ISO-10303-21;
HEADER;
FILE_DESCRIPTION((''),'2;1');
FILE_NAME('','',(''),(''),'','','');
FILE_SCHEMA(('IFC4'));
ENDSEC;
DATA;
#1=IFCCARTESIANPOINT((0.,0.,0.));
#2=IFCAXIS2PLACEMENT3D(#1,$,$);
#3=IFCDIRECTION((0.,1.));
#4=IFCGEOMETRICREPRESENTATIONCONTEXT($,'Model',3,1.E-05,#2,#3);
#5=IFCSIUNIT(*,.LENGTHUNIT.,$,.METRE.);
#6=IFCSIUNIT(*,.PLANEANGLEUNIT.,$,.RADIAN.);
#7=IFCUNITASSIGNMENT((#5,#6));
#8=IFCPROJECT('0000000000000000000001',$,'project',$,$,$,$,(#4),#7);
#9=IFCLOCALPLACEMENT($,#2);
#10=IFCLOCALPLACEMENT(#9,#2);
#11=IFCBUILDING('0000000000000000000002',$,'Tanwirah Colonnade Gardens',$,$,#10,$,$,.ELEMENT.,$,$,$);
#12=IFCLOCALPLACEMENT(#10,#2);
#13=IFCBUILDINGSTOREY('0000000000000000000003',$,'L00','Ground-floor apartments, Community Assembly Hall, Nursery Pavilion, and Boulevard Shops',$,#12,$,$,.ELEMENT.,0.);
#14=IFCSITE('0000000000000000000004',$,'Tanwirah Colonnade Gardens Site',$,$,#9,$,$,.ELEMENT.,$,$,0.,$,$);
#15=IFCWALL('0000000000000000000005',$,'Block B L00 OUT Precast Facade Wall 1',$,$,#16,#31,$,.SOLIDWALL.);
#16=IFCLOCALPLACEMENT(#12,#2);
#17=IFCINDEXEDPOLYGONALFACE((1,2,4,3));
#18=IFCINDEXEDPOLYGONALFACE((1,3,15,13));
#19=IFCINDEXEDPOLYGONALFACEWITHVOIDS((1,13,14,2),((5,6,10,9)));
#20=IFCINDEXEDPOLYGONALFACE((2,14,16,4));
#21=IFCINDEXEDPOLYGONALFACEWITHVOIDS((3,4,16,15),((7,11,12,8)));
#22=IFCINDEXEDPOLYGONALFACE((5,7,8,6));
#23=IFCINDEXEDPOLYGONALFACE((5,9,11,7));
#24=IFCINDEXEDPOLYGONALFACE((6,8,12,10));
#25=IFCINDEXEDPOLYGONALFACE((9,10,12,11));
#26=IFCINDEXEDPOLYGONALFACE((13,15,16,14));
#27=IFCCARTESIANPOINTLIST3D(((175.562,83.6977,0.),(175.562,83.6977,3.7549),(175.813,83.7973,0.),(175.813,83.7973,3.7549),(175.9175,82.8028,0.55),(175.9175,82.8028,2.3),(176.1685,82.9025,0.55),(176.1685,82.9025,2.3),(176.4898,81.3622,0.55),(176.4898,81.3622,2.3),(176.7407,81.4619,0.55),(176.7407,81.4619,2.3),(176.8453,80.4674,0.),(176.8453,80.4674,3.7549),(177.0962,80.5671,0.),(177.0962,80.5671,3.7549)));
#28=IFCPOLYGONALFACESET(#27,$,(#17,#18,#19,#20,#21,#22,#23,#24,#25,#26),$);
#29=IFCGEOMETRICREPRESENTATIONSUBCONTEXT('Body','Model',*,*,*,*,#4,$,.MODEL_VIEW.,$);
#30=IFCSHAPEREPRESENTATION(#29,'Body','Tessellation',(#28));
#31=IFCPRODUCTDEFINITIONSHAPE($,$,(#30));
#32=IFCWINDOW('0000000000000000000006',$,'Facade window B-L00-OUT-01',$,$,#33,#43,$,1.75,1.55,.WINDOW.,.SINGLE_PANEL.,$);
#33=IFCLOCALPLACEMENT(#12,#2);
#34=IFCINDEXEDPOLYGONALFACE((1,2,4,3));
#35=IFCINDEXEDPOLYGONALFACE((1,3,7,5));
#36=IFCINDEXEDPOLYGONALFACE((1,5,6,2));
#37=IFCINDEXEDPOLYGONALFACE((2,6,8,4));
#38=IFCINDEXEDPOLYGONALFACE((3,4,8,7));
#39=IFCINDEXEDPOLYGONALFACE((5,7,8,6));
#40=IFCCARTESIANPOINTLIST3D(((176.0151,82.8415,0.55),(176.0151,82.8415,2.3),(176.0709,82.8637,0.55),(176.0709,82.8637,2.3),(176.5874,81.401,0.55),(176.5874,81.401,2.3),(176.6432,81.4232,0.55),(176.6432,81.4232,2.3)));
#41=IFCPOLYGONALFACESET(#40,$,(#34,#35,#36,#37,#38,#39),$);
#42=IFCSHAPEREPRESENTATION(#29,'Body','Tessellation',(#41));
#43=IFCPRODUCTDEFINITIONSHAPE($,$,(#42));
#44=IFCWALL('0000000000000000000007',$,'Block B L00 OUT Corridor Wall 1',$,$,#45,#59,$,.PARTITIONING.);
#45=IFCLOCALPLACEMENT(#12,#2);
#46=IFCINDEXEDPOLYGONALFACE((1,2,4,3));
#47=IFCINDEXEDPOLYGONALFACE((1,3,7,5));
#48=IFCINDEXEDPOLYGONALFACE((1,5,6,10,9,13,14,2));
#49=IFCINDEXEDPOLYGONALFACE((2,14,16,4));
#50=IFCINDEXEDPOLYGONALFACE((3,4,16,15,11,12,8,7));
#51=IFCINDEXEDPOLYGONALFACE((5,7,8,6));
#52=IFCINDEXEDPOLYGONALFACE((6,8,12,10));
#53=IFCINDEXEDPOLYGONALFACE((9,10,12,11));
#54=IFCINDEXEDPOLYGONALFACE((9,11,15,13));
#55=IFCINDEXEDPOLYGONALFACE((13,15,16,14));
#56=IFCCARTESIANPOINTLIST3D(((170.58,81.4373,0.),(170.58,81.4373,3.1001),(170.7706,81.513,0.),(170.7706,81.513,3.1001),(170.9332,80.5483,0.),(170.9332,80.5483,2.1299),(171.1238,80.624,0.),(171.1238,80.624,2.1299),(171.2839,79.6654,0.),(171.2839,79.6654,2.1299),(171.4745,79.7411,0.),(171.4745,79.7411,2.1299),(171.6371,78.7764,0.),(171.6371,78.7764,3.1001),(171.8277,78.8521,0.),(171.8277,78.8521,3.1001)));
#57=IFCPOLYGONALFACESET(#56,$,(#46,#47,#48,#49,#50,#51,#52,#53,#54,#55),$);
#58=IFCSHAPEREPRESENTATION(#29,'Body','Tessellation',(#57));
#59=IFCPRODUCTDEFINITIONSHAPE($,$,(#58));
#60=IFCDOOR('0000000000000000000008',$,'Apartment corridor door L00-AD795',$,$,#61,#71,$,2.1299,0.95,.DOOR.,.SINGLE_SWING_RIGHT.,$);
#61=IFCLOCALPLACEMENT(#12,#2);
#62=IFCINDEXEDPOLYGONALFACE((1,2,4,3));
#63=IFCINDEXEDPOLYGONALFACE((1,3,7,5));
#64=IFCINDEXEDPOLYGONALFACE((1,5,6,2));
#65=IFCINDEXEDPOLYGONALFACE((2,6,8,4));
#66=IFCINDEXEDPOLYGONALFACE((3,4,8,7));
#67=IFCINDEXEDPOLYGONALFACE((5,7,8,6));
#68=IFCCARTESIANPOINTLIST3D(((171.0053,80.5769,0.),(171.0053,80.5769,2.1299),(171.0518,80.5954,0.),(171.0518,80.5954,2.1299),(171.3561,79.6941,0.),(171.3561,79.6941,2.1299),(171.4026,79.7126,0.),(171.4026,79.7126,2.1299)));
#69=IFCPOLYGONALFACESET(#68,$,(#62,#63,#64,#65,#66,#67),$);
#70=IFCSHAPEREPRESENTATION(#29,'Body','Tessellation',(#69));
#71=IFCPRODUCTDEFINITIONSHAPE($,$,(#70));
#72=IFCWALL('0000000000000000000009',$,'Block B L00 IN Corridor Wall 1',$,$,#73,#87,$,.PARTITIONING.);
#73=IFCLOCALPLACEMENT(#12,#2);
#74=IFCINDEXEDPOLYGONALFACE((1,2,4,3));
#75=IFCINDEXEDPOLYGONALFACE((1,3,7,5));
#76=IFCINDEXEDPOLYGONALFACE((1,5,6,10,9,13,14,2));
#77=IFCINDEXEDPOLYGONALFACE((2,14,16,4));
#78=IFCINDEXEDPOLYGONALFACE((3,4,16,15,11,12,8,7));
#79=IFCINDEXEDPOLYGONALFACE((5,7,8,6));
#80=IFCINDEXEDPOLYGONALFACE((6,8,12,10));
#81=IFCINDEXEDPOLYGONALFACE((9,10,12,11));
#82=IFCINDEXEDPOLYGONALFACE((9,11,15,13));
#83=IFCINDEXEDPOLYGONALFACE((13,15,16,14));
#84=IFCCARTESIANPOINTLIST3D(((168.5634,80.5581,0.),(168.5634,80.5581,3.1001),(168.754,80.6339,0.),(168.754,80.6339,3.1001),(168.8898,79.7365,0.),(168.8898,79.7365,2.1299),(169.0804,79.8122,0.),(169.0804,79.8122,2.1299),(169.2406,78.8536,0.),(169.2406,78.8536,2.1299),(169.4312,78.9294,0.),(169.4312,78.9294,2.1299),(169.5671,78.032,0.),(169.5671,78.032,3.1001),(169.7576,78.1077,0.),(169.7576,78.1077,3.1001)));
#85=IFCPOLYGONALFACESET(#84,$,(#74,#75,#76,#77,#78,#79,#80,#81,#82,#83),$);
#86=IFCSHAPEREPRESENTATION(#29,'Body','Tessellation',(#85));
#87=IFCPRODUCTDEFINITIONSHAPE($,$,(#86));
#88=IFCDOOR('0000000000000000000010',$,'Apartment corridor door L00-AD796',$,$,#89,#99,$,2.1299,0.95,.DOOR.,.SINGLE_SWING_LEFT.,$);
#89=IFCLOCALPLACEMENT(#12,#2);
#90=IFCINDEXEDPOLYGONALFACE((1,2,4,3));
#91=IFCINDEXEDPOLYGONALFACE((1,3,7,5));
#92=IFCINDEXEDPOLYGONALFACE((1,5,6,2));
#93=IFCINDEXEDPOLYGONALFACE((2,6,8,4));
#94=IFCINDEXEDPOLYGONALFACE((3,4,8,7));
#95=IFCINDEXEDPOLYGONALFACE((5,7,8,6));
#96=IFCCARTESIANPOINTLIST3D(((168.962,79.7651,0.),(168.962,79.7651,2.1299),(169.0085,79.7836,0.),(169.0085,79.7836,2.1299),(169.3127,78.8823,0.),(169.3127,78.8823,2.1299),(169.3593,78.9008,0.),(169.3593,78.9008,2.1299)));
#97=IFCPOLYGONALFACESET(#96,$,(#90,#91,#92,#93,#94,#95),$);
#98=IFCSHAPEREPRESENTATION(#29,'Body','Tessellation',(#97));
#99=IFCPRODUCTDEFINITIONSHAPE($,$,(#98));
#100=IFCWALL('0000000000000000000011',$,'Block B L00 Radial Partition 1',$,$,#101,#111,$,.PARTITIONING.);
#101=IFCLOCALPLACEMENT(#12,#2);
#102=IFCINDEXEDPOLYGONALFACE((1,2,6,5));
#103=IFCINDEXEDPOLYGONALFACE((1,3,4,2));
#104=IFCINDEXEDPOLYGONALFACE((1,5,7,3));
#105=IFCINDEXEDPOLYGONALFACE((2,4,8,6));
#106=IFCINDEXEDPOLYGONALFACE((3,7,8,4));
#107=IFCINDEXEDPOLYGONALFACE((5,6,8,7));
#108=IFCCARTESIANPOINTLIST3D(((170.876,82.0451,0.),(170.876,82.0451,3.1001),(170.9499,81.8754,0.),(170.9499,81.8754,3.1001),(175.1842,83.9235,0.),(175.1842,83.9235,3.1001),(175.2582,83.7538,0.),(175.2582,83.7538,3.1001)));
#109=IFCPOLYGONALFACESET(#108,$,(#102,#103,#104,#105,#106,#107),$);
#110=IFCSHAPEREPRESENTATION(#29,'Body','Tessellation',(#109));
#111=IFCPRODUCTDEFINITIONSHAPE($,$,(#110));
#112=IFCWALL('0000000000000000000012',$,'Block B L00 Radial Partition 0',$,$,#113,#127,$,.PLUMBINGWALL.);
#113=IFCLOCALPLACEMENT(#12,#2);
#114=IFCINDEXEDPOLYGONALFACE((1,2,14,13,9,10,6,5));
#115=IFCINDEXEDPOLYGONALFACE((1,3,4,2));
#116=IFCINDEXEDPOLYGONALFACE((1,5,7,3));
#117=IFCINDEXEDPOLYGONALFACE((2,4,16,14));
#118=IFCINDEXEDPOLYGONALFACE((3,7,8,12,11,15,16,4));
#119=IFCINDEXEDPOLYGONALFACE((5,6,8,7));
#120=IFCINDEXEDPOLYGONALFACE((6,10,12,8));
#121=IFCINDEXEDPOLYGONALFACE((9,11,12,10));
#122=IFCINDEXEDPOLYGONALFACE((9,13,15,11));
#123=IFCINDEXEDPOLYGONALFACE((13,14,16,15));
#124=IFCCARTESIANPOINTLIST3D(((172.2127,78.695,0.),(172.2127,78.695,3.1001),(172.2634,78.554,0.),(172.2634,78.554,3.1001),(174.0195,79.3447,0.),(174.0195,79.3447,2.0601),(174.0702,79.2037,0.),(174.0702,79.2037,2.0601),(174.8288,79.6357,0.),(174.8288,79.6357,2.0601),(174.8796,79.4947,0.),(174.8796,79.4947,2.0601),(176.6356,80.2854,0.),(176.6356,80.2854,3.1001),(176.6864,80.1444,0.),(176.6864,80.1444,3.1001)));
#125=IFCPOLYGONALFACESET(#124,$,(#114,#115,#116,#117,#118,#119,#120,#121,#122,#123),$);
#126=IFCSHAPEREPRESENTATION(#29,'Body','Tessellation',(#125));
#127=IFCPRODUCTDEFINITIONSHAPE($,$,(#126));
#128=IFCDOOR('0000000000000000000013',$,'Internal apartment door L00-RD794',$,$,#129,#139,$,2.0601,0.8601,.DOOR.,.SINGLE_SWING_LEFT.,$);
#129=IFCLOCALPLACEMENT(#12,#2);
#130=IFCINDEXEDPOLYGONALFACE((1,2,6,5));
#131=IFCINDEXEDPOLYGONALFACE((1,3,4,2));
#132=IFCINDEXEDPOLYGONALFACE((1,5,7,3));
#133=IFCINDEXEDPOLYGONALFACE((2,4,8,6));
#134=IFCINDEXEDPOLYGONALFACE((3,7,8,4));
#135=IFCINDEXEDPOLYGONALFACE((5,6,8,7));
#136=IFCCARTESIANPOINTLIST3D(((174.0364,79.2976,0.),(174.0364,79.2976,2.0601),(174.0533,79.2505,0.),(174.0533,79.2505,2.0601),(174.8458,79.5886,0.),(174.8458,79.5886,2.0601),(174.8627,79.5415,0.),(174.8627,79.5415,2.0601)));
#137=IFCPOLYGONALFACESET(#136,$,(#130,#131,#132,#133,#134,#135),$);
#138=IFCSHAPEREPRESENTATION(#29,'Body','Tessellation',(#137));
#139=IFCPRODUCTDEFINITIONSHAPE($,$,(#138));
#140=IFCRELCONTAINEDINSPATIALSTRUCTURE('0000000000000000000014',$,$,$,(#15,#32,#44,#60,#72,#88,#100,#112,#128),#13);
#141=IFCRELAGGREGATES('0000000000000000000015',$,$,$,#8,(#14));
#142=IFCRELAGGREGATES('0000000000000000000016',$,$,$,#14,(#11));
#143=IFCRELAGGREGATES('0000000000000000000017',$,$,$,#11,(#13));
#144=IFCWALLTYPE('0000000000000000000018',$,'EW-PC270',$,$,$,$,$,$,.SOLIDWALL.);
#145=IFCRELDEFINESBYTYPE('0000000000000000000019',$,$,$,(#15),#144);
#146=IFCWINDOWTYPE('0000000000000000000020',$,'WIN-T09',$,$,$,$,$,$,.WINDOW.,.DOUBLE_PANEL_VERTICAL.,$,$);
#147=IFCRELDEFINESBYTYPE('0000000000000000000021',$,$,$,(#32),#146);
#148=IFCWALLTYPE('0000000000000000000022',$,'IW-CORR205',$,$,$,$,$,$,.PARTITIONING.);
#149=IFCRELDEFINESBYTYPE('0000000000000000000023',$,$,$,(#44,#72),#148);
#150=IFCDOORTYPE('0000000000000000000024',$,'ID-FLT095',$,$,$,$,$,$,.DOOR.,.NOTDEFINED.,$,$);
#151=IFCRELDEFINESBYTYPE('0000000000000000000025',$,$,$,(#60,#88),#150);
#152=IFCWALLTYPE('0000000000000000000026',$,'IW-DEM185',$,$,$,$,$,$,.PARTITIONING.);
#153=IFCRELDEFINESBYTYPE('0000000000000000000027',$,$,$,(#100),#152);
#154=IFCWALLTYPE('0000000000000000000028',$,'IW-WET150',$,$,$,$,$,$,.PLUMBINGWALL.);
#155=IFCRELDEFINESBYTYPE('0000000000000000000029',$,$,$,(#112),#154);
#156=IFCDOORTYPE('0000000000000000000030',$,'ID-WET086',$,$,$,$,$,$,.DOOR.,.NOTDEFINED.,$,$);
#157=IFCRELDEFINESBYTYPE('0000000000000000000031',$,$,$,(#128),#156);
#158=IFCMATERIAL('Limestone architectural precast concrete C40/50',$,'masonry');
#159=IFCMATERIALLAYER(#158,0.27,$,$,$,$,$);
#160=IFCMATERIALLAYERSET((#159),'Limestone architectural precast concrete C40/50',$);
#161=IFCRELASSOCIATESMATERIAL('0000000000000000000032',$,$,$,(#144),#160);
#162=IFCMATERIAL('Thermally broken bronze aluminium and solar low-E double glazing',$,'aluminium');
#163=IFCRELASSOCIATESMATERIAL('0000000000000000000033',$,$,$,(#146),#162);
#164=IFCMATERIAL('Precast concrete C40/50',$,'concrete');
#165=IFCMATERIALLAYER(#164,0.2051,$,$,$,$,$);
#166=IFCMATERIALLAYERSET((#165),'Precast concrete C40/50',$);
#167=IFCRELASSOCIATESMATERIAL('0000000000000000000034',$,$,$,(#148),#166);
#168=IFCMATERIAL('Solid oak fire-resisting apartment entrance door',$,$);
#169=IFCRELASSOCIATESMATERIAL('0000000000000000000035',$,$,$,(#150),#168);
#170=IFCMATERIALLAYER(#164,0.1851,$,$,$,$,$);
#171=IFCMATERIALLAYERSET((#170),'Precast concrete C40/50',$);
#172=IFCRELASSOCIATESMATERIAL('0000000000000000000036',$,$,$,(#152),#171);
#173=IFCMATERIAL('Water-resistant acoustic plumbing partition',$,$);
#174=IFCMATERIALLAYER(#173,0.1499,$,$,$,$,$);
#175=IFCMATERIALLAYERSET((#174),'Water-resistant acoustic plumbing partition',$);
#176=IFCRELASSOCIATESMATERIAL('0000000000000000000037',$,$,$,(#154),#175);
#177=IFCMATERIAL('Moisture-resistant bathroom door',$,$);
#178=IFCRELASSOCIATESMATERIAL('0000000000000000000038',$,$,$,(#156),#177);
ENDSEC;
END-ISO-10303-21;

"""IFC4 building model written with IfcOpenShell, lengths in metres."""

from ifc_helpers import new_model, si_unit, direction, frame, frame_2d, origin, place, context, subcontext, project, spatial, rectangle, extrude, material, layer, layer_set, type_object, element, fill, save


model = new_model("IFC4")

# Units and contexts
model_context = context("Model", 3, precision=1e-05, world=origin(), true_north=direction((0.0, 1.0)))
body_context = subcontext(model_context, "Body", "Model", "MODEL_VIEW")
ifc_project = project(units=[si_unit("LENGTHUNIT", "METRE"), si_unit("PLANEANGLEUNIT", "RADIAN")], contexts=[model_context])

# Site, building, storey
site_placement = place(None, origin())
site = spatial("IfcSite", under=ifc_project, at=site_placement, Name="Tanwirah Colonnade Gardens Site", CompositionType="ELEMENT", RefElevation=0.0)
building_placement = place(site_placement, origin())
building = spatial("IfcBuilding", under=site, at=building_placement, Name="Tanwirah Colonnade Gardens", CompositionType="ELEMENT")
storey_placement = place(building_placement, origin())
storey = spatial("IfcBuildingStorey", under=building, at=storey_placement, Name="L00", Description="Ground-floor apartments, Community Assembly Hall, Nursery Pavilion, and Boulevard Shops", CompositionType="ELEMENT", Elevation=0.0)

# Shared definitions
ifc_material_1 = material(Name="Precast concrete C40/50", Category="concrete")

# Wall, opening, window
ifc_material_2 = material(Name="Limestone architectural precast concrete C40/50", Category="masonry")
ifc_layer_1 = layer(ifc_material_2, 0.27)
ifc_layer_set_1 = layer_set([ifc_layer_1], Name="Limestone architectural precast concrete C40/50")
wall_type_1 = type_object("IfcWallType", Name="EW-PC270", PredefinedType="SOLIDWALL", material=ifc_layer_set_1)
wall_1_placement = place(storey_placement, frame((176.9707, 80.5173, 0.0), z_axis=(0.0, 0.0, 1.0), x_axis=(-0.369186, 0.929356, 0.0)))
wall_1 = element("IfcWall", 1, at=wall_1_placement, inside=storey, type_object=wall_type_1, Name="Block B L00 OUT Precast Facade Wall 1", PredefinedType="SOLIDWALL", context=body_context, shape_type="SweptSolid", body=[
    extrude(rectangle(XDim=3.4758, YDim=0.27, at=frame_2d((1.7378, 0.0))), origin(), (0.0, 0.0, 1.0), 3.7549),
])
opening_1_placement = place(wall_1_placement, frame((0.9629, 0.0, 0.55)))
opening_1 = element("IfcOpeningElement", 2, at=opening_1_placement, cuts=wall_1, PredefinedType="OPENING", context=body_context, shape_type="SweptSolid", body=[
    extrude(rectangle(XDim=1.55, YDim=1.75, at=frame_2d((0.7749, 0.875))), frame((0.0, 0.145, 0.0), z_axis=(0.0, -1.0, 0.0), x_axis=(1.0, 0.0, 0.0)), (0.0, 0.0, 1.0), 0.29),
])
ifc_material_3 = material(Name="Thermally broken bronze aluminium and solar low-E double glazing", Category="aluminium")
window_type = type_object("IfcWindowType", Name="WIN-T09", PartitioningType="DOUBLE_PANEL_VERTICAL", PredefinedType="WINDOW", material=ifc_material_3)
window_placement = place(opening_1_placement, origin())
window = element("IfcWindow", 3, at=window_placement, inside=storey, type_object=window_type, Name="Facade window B-L00-OUT-01", OverallHeight=1.75, OverallWidth=1.55, PartitioningType="SINGLE_PANEL", PredefinedType="WINDOW", context=body_context, shape_type="SweptSolid", body=[
    extrude(rectangle(XDim=1.55, YDim=1.75, at=frame_2d((0.7749, 0.875))), frame((0.0, 0.03, 0.0), z_axis=(0.0, -1.0, 0.0), x_axis=(1.0, 0.0, 0.0)), (0.0, 0.0, 1.0), 0.0601),
])
fill(opening_1, window)

# Walls, openings, doors
ifc_layer_2 = layer(ifc_material_1, 0.2051)
ifc_layer_set_2 = layer_set([ifc_layer_2], Name="Precast concrete C40/50")
wall_type_2 = type_object("IfcWallType", Name="IW-CORR205", PredefinedType="PARTITIONING", material=ifc_layer_set_2)
wall_2_placement = place(storey_placement, frame((171.7324, 78.8142, 0.0), z_axis=(0.0, 0.0, 1.0), x_axis=(-0.369214, 0.929344, 0.0)))
wall_2 = element("IfcWall", 4, at=wall_2_placement, inside=storey, type_object=wall_type_2, Name="Block B L00 OUT Corridor Wall 1", PredefinedType="PARTITIONING", context=body_context, shape_type="SweptSolid", body=[
    extrude(rectangle(XDim=2.8633, YDim=0.2051, at=frame_2d((1.4316, 0.0))), origin(), (0.0, 0.0, 1.0), 3.1001),
])
opening_2_placement = place(wall_2_placement, frame((0.9565, 0.0, 0.0)))
opening_2 = element("IfcOpeningElement", 5, at=opening_2_placement, cuts=wall_2, PredefinedType="OPENING", context=body_context, shape_type="SweptSolid", body=[
    extrude(rectangle(XDim=0.95, YDim=2.1299, at=frame_2d((0.4751, 1.0649))), frame((0.0, 0.1125, 0.0), z_axis=(0.0, -1.0, 0.0), x_axis=(1.0, 0.0, 0.0)), (0.0, 0.0, 1.0), 0.2251),
])
ifc_material_4 = material(Name="Solid oak fire-resisting apartment entrance door")
door_type_1 = type_object("IfcDoorType", Name="ID-FLT095", OperationType="NOTDEFINED", PredefinedType="DOOR", material=ifc_material_4)
door_1_placement = place(opening_2_placement, origin())
door_1 = element("IfcDoor", 6, at=door_1_placement, inside=storey, type_object=door_type_1, Name="Apartment corridor door L00-AD795", OperationType="SINGLE_SWING_RIGHT", OverallHeight=2.1299, OverallWidth=0.95, PredefinedType="DOOR", context=body_context, shape_type="SweptSolid", body=[
    extrude(rectangle(XDim=0.95, YDim=2.1299, at=frame_2d((0.4751, 1.0649))), frame((0.0, 0.0249, 0.0), z_axis=(0.0, -1.0, 0.0), x_axis=(1.0, 0.0, 0.0)), (0.0, 0.0, 1.0), 0.05),
])
fill(opening_2, door_1)
wall_3_placement = place(storey_placement, frame((169.6624, 78.0698, 0.0), z_axis=(0.0, 0.0, 1.0), x_axis=(-0.369237, 0.929335, 0.0)))
wall_3 = element("IfcWall", 7, at=wall_3_placement, inside=storey, type_object=wall_type_2, Name="Block B L00 IN Corridor Wall 1", PredefinedType="PARTITIONING", context=body_context, shape_type="SweptSolid", body=[
    extrude(rectangle(XDim=2.7183, YDim=0.2051, at=frame_2d((1.3591, 0.0))), origin(), (0.0, 0.0, 1.0), 3.1001),
])
opening_3_placement = place(wall_3_placement, frame((0.884, 0.0, 0.0)))
opening_3 = element("IfcOpeningElement", 8, at=opening_3_placement, cuts=wall_3, PredefinedType="OPENING", context=body_context, shape_type="SweptSolid", body=[
    extrude(rectangle(XDim=0.95, YDim=2.1299, at=frame_2d((0.4751, 1.0649))), frame((0.0, 0.1125, 0.0), z_axis=(0.0, -1.0, 0.0), x_axis=(1.0, 0.0, 0.0)), (0.0, 0.0, 1.0), 0.2251),
])
door_2_placement = place(opening_3_placement, origin())
door_2 = element("IfcDoor", 9, at=door_2_placement, inside=storey, type_object=door_type_1, Name="Apartment corridor door L00-AD796", OperationType="SINGLE_SWING_LEFT", OverallHeight=2.1299, OverallWidth=0.95, PredefinedType="DOOR", context=body_context, shape_type="SweptSolid", body=[
    extrude(rectangle(XDim=0.95, YDim=2.1299, at=frame_2d((0.4751, 1.0649))), frame((0.0, 0.0249, 0.0), z_axis=(0.0, -1.0, 0.0), x_axis=(1.0, 0.0, 0.0)), (0.0, 0.0, 1.0), 0.05),
])
fill(opening_3, door_2)

# Wall
ifc_layer_3 = layer(ifc_material_1, 0.1851)
ifc_layer_set_3 = layer_set([ifc_layer_3], Name="Precast concrete C40/50")
wall_type_3 = type_object("IfcWallType", Name="IW-DEM185", PredefinedType="PARTITIONING", material=ifc_layer_set_3)
wall_4_placement = place(storey_placement, frame((170.9128, 81.9602, 0.0), z_axis=(0.0, 0.0, 1.0), x_axis=(0.916663, 0.39966, 0.0)))
element("IfcWall", 10, at=wall_4_placement, inside=storey, type_object=wall_type_3, Name="Block B L00 Radial Partition 1", PredefinedType="PARTITIONING", context=body_context, shape_type="SweptSolid", body=[
    extrude(rectangle(XDim=4.7, YDim=0.1851, at=frame_2d((2.3501, 0.0))), origin(), (0.0, 0.0, 1.0), 3.1001),
])

# Wall, opening, door
ifc_material_5 = material(Name="Water-resistant acoustic plumbing partition")
ifc_layer_4 = layer(ifc_material_5, 0.1499)
ifc_layer_set_4 = layer_set([ifc_layer_4], Name="Water-resistant acoustic plumbing partition")
wall_type_4 = type_object("IfcWallType", Name="IW-WET150", PredefinedType="PLUMBINGWALL", material=ifc_layer_set_4)
wall_5_placement = place(storey_placement, frame((172.238, 78.6245, 0.0), z_axis=(0.0, 0.0, 1.0), x_axis=(0.941016, 0.338363, 0.0)))
wall_5 = element("IfcWall", 11, at=wall_5_placement, inside=storey, type_object=wall_type_4, Name="Block B L00 Radial Partition 0", PredefinedType="PLUMBINGWALL", context=body_context, shape_type="SweptSolid", body=[
    extrude(rectangle(XDim=4.7002, YDim=0.1499, at=frame_2d((2.3501, 0.0))), origin(), (0.0, 0.0, 1.0), 3.1001),
])
opening_4_placement = place(wall_5_placement, frame((1.9199, 0.0, 0.0)))
opening_4 = element("IfcOpeningElement", 12, at=opening_4_placement, cuts=wall_5, PredefinedType="OPENING", context=body_context, shape_type="SweptSolid", body=[
    extrude(rectangle(XDim=0.8601, YDim=2.0601, at=frame_2d((0.4302, 1.03))), frame((0.0, 0.085, 0.0), z_axis=(0.0, -1.0, 0.0), x_axis=(1.0, 0.0, 0.0)), (0.0, 0.0, 1.0), 0.1699),
])
ifc_material_6 = material(Name="Moisture-resistant bathroom door")
door_type_2 = type_object("IfcDoorType", Name="ID-WET086", OperationType="NOTDEFINED", PredefinedType="DOOR", material=ifc_material_6)
door_3_placement = place(opening_4_placement, origin())
door_3 = element("IfcDoor", 13, at=door_3_placement, inside=storey, type_object=door_type_2, Name="Internal apartment door L00-RD794", OperationType="SINGLE_SWING_LEFT", OverallHeight=2.0601, OverallWidth=0.8601, PredefinedType="DOOR", context=body_context, shape_type="SweptSolid", body=[
    extrude(rectangle(XDim=0.8601, YDim=2.0601, at=frame_2d((0.4302, 1.03))), frame((0.0, 0.0249, 0.0), z_axis=(0.0, -1.0, 0.0), x_axis=(1.0, 0.0, 0.0)), (0.0, 0.0, 1.0), 0.05),
])
fill(opening_4, door_3)

save(model, "model.ifc")
